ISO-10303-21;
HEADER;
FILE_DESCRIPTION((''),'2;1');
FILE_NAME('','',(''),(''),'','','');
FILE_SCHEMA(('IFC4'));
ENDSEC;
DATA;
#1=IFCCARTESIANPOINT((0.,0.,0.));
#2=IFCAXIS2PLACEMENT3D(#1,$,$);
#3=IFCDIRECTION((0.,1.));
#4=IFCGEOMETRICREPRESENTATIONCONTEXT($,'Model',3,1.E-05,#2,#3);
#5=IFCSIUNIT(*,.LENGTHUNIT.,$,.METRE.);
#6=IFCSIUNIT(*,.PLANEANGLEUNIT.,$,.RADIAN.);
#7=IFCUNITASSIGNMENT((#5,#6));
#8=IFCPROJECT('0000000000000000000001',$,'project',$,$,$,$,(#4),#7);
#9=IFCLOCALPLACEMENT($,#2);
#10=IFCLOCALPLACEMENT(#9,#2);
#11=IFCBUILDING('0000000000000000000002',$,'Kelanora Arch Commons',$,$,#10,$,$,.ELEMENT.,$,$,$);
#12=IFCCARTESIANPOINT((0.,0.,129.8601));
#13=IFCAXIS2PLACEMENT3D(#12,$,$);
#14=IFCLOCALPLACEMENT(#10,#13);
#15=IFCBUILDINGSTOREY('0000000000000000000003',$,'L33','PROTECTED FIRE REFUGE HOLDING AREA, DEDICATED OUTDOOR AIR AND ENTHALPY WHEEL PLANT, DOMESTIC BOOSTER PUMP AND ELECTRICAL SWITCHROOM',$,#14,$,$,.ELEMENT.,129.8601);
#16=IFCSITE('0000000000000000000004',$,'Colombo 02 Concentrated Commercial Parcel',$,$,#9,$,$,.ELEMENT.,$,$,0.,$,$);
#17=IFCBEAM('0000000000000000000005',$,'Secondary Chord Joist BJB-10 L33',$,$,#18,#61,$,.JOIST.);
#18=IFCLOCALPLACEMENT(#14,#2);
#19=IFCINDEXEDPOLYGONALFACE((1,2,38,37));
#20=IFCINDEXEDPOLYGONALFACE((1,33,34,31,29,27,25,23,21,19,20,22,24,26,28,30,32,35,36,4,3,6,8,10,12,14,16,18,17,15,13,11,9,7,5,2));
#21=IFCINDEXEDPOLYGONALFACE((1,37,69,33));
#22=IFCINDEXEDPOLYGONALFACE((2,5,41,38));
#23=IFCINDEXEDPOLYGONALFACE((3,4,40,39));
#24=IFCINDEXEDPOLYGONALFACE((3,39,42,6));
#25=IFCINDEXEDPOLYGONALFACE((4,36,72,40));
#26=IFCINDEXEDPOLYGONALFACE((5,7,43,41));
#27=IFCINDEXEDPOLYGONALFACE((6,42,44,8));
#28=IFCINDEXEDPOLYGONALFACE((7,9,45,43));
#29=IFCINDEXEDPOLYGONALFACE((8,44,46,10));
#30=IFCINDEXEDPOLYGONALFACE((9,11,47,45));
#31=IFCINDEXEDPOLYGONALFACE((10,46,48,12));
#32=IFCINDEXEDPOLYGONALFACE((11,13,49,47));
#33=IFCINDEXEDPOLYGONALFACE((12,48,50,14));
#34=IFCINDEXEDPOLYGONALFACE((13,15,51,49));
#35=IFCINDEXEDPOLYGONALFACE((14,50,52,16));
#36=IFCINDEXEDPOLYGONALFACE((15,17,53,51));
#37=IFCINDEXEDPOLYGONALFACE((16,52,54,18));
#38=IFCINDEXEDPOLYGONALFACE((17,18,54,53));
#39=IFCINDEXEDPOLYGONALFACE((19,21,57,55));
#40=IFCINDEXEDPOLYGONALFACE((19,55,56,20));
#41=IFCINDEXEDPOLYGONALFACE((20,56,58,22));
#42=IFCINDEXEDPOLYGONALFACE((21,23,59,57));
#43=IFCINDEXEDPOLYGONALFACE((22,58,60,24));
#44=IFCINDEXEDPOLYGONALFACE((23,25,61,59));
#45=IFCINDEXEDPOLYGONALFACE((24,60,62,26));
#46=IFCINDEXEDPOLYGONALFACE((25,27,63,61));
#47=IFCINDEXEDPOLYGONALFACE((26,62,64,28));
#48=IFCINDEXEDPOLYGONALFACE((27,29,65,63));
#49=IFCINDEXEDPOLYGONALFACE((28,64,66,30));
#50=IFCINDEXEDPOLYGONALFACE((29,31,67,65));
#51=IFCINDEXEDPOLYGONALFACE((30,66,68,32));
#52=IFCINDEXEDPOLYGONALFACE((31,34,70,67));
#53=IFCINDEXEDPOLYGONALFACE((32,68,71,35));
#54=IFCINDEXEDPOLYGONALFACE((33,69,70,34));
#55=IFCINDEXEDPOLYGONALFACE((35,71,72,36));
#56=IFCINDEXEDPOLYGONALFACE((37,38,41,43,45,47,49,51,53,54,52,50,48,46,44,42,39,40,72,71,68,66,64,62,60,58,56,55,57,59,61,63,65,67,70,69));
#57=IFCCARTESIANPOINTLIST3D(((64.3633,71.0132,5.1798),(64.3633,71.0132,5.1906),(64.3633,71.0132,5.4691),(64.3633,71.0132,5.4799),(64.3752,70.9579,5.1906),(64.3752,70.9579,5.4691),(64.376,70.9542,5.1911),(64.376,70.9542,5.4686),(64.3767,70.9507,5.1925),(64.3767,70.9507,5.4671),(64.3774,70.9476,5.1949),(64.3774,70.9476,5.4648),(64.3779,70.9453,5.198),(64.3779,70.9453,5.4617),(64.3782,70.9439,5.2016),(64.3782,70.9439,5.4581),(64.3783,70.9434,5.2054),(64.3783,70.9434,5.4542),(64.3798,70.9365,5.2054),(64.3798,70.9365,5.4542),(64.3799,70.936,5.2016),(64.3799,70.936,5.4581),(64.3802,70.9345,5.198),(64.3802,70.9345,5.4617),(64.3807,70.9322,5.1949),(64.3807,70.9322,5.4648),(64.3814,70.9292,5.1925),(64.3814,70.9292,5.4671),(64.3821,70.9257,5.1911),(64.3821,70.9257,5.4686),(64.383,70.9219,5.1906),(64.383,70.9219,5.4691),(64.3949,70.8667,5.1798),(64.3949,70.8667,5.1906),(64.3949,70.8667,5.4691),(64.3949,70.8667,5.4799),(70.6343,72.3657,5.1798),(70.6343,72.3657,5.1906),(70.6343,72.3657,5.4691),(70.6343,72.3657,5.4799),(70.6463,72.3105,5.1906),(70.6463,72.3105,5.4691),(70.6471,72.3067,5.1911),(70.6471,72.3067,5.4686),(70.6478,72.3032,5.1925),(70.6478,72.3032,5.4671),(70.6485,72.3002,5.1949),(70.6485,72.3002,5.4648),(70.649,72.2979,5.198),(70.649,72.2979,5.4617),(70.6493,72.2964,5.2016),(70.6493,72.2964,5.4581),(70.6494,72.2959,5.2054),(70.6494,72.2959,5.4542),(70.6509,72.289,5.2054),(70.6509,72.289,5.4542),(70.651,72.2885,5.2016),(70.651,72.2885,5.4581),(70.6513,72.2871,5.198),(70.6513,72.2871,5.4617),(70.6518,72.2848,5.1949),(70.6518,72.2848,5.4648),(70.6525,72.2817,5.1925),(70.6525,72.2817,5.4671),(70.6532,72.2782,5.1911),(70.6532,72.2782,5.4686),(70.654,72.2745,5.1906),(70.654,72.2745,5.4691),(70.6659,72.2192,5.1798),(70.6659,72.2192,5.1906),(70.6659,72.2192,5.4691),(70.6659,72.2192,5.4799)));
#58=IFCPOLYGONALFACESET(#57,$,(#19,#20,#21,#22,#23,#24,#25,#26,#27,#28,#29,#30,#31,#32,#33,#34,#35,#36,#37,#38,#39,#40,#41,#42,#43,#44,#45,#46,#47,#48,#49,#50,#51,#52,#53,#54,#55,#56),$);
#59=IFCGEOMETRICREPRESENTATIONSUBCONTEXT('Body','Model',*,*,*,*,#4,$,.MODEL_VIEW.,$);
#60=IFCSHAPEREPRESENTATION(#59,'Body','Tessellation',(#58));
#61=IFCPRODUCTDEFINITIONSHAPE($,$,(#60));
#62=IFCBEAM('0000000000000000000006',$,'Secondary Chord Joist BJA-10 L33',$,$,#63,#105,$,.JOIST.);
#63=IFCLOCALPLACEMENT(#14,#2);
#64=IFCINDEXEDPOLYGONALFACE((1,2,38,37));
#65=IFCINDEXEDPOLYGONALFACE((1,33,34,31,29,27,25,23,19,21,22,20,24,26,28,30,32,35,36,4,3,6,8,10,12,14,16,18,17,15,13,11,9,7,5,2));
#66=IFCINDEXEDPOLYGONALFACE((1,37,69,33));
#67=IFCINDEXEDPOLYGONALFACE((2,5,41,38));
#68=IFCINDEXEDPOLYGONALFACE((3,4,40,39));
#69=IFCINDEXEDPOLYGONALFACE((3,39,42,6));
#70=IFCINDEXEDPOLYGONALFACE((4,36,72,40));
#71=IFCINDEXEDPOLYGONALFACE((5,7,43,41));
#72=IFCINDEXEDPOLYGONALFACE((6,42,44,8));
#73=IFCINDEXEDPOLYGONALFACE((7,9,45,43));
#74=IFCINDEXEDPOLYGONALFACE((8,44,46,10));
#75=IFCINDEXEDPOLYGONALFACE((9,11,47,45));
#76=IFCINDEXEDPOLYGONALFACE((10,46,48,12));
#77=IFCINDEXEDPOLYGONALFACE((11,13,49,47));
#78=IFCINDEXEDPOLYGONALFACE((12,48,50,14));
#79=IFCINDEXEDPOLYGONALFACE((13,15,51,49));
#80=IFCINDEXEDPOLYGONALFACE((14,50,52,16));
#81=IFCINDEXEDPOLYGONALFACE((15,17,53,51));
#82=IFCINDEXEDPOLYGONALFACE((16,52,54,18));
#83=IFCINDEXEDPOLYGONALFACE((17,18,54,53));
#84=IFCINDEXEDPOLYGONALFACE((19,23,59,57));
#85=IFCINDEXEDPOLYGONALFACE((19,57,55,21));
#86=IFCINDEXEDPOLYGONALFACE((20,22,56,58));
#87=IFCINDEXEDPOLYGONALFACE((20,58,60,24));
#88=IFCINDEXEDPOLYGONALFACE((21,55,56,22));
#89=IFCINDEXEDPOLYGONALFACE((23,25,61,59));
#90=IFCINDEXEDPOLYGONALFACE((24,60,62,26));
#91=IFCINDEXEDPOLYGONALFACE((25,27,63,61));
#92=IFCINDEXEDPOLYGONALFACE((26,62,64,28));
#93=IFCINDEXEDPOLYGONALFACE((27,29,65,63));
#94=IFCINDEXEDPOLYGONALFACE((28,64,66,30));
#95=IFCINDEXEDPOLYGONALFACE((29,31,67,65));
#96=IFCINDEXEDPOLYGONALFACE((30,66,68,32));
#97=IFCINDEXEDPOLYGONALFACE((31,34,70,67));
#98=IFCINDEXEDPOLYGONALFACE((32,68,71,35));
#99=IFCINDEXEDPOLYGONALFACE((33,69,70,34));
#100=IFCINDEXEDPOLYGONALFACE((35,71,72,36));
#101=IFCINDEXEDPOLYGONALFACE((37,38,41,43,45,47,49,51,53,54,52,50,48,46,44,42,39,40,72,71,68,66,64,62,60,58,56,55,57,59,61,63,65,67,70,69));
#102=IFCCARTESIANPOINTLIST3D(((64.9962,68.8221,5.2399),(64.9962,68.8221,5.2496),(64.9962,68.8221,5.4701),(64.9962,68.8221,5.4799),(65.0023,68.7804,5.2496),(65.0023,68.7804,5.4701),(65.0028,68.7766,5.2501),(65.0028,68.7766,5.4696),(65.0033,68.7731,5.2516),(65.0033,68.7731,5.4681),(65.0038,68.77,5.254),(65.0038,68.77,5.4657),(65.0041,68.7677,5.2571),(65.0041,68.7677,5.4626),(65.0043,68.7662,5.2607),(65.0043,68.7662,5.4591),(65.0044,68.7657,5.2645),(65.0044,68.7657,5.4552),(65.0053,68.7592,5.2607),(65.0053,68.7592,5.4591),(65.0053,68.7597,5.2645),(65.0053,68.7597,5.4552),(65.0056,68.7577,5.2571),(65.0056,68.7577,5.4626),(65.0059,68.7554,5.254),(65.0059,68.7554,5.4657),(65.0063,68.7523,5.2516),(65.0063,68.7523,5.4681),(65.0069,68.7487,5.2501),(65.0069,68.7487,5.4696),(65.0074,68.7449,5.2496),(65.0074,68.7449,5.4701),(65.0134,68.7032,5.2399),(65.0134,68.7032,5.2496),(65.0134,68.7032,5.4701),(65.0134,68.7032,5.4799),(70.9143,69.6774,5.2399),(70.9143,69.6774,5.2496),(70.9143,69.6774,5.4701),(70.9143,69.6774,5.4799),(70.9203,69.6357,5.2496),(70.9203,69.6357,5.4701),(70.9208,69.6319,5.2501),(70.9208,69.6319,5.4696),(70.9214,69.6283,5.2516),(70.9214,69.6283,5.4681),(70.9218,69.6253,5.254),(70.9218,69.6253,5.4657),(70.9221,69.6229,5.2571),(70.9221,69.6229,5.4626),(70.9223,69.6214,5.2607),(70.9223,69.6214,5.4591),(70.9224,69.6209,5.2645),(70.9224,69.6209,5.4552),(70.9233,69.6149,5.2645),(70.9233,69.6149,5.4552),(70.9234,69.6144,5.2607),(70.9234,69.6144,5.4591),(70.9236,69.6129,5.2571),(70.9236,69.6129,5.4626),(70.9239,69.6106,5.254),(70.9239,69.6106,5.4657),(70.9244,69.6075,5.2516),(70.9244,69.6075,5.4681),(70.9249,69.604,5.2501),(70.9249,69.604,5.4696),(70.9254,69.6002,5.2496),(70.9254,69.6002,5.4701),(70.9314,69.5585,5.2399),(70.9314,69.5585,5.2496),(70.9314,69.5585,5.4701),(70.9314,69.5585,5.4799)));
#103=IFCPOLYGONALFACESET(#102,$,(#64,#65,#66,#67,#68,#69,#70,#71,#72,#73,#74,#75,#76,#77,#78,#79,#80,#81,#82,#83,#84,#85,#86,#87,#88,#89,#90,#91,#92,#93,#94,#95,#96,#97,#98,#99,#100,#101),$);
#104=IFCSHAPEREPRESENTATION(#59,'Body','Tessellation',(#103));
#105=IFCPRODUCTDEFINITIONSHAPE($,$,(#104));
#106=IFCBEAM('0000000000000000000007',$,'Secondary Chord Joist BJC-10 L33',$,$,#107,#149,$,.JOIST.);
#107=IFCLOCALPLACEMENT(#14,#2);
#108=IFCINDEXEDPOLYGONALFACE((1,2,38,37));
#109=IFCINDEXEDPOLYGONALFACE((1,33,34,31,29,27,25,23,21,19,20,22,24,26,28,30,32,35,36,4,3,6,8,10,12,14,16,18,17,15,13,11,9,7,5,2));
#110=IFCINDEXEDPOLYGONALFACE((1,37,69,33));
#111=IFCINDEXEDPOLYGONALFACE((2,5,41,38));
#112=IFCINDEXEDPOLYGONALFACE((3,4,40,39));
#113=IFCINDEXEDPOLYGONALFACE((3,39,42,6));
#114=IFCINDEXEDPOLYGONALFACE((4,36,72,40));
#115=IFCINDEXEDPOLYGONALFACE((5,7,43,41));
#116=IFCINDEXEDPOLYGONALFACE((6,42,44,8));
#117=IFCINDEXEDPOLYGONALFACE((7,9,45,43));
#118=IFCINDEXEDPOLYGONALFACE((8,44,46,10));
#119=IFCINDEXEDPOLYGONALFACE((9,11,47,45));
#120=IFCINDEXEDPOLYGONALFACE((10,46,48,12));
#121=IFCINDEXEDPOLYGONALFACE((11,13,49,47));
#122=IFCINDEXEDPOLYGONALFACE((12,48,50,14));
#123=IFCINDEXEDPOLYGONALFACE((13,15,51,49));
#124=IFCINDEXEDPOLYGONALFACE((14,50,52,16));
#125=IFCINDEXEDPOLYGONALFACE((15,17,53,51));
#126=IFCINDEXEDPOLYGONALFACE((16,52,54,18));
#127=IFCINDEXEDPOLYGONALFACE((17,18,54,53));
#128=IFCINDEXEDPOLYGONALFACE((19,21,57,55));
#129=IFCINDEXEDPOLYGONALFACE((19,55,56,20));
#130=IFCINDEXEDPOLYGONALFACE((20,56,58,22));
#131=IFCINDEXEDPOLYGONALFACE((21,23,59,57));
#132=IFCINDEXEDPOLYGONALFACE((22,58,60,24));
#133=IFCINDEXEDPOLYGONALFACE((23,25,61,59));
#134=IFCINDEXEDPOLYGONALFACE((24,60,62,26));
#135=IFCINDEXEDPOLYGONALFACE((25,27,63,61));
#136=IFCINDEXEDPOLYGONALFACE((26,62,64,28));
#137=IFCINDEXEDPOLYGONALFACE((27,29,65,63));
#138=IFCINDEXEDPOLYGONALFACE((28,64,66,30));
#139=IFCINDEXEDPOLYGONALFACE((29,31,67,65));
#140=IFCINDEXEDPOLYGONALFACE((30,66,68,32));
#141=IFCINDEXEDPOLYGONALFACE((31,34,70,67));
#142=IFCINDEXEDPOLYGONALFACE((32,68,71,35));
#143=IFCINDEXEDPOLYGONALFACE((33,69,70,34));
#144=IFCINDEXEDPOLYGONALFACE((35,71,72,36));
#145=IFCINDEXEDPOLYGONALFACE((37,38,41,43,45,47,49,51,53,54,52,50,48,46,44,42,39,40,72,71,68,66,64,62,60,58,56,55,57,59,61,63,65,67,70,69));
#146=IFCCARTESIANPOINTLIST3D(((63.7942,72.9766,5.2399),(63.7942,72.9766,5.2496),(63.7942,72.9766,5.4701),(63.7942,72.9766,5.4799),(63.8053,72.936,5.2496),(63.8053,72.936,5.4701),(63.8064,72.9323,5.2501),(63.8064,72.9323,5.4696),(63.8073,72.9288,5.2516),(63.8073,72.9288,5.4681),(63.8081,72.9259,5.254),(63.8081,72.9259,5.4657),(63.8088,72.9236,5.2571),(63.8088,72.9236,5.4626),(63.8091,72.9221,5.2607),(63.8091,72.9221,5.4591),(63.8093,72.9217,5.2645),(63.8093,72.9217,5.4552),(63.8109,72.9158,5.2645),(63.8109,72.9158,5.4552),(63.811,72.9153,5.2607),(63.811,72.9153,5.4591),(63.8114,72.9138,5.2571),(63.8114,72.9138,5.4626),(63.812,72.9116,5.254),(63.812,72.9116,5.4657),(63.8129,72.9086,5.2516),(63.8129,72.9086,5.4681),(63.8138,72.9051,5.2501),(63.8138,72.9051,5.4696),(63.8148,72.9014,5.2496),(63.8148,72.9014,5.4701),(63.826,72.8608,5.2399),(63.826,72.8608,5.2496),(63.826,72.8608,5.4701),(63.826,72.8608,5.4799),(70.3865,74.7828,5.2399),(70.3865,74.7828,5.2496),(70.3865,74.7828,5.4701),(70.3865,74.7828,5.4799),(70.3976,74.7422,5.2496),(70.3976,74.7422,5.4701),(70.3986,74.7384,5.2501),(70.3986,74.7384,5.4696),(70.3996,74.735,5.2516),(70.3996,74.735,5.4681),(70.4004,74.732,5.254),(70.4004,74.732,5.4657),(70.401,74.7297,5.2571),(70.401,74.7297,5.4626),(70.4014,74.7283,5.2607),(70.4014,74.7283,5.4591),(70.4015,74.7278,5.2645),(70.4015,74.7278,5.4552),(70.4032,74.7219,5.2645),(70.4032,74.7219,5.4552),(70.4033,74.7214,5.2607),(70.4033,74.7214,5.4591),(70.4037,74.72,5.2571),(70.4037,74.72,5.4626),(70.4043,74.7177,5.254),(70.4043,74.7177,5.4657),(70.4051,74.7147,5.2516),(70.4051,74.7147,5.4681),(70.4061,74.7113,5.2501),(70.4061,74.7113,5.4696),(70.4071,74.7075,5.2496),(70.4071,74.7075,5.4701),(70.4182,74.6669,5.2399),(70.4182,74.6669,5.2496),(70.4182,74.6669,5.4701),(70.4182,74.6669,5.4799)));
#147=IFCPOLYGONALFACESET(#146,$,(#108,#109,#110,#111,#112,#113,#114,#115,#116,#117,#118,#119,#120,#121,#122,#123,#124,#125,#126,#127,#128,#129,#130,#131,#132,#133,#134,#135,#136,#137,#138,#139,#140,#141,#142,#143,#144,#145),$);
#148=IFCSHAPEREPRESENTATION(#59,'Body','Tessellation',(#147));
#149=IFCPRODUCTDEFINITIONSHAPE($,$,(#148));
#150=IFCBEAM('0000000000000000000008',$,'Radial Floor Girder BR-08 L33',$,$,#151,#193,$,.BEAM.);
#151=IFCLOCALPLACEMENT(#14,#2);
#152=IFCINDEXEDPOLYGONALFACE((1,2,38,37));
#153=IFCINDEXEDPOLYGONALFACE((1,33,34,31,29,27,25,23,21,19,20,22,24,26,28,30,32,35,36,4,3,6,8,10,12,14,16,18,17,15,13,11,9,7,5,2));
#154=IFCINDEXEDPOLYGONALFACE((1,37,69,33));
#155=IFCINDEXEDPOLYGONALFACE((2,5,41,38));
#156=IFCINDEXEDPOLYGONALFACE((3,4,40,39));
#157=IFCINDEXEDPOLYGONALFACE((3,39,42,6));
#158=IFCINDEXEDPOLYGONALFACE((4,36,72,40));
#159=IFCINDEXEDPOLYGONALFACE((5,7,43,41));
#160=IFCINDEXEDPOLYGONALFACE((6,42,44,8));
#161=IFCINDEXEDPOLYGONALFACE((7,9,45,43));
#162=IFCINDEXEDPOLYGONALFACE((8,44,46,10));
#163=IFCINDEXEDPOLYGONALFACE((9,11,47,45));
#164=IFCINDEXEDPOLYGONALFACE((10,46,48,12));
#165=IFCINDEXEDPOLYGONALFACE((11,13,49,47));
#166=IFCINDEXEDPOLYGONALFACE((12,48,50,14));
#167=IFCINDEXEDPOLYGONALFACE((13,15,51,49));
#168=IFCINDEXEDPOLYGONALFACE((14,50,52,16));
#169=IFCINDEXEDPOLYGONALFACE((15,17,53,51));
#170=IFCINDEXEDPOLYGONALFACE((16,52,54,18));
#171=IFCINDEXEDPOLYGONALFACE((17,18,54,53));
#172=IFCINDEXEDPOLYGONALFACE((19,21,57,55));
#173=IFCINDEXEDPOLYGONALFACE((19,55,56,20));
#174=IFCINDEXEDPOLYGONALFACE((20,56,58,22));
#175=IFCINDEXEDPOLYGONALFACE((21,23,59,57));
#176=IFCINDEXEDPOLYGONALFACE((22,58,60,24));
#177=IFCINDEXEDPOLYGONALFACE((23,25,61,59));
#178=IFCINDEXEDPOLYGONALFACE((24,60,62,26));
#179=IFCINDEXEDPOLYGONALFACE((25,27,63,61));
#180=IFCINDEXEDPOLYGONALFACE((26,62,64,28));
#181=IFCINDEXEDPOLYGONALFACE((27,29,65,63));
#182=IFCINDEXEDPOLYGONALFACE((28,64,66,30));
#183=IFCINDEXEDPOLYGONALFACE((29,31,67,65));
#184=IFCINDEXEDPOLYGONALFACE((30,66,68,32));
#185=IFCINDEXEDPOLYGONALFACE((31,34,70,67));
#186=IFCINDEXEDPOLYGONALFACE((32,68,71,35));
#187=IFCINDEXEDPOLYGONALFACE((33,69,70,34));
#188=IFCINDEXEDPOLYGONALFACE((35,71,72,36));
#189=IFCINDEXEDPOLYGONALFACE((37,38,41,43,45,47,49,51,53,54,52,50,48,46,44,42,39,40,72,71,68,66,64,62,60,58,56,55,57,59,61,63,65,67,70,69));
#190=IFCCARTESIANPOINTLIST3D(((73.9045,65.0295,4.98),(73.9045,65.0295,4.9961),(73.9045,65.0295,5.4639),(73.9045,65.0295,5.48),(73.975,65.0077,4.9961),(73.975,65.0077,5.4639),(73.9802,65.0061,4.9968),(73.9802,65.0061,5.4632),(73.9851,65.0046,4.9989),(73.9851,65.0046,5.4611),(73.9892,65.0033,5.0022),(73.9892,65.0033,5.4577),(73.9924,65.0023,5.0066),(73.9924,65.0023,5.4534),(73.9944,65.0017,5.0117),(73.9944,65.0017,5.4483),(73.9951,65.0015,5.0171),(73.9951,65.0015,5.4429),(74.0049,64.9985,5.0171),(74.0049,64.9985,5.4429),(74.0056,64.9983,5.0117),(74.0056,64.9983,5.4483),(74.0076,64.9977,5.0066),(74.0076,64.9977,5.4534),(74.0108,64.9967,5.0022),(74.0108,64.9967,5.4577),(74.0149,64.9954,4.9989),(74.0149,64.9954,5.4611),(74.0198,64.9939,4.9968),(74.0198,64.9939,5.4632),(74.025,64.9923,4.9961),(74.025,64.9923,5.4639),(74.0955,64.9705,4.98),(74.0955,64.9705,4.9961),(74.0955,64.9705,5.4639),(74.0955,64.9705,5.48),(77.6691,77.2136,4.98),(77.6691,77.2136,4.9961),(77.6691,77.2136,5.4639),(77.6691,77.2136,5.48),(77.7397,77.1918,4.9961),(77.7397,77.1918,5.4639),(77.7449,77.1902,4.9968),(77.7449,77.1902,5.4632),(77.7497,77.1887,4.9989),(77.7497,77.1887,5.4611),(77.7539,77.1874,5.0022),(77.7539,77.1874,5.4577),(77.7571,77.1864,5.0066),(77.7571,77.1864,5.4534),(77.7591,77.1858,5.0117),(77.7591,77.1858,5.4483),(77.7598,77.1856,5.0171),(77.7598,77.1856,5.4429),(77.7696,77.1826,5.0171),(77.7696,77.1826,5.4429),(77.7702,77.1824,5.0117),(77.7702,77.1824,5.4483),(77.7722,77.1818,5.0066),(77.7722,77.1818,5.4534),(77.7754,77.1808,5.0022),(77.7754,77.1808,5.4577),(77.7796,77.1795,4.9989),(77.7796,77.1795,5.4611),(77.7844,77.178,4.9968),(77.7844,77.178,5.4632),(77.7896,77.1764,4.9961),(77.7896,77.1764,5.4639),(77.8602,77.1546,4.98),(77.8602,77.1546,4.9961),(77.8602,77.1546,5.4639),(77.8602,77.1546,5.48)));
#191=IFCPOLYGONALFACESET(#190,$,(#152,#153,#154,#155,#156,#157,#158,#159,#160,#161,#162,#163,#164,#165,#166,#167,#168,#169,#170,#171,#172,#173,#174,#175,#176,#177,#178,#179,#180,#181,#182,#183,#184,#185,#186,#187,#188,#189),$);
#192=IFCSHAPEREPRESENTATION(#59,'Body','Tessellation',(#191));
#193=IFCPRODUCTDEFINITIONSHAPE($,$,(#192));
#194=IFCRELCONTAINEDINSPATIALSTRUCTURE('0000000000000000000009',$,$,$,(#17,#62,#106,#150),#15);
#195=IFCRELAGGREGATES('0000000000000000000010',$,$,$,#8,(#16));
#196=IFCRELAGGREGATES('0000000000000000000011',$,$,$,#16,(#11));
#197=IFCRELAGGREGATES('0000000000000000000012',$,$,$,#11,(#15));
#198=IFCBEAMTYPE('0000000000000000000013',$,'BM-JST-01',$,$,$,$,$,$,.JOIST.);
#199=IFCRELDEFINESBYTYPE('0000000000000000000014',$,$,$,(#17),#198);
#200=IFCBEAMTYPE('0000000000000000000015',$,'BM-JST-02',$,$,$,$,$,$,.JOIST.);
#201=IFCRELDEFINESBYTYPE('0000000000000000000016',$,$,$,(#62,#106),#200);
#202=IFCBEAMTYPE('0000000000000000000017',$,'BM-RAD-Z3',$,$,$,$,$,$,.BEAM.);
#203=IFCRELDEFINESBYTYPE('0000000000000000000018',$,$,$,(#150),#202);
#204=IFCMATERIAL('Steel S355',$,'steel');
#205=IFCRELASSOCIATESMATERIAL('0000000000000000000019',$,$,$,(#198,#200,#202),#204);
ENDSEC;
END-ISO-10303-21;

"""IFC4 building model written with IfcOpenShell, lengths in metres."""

from ifc_helpers import new_model, si_unit, direction, frame, origin, origin_2d, place, context, subcontext, project, spatial, i_section, extrude, material, material_profile, profile_set, type_object, element, save


model = new_model("IFC4")

# Units and contexts
model_context = context("Model", 3, precision=1e-05, world=origin(), true_north=direction((0.0, 1.0)))
body_context = subcontext(model_context, "Body", "Model", "MODEL_VIEW")
ifc_project = project(units=[si_unit("LENGTHUNIT", "METRE"), si_unit("PLANEANGLEUNIT", "RADIAN")], contexts=[model_context])

# Site, building, storey
site_placement = place(None, origin())
site = spatial("IfcSite", under=ifc_project, at=site_placement, Name="Colombo 02 Concentrated Commercial Parcel", CompositionType="ELEMENT", RefElevation=0.0)
building_placement = place(site_placement, origin())
building = spatial("IfcBuilding", under=site, at=building_placement, Name="Kelanora Arch Commons", CompositionType="ELEMENT")
storey_placement = place(building_placement, frame((0.0, 0.0, 129.8601)))
storey = spatial("IfcBuildingStorey", under=building, at=storey_placement, Name="L33", Description="PROTECTED FIRE REFUGE HOLDING AREA, DEDICATED OUTDOOR AIR AND ENTHALPY WHEEL PLANT, DOMESTIC BOOSTER PUMP AND ELECTRICAL SWITCHROOM", CompositionType="ELEMENT", Elevation=129.8601)

# Beams
ifc_material_1 = material(Name="Steel S355", Category="steel")
ifc_material_profile_1 = material_profile(ifc_material_1, i_section(OverallWidth=0.1499, OverallDepth=0.3, WebThickness=0.0071, FlangeThickness=0.0107, FilletRadius=0.0149, at=origin_2d()), Name="IPE300")
ifc_profile_set_1 = profile_set([ifc_material_profile_1], Name="Steel S355")
beam_type_1 = type_object("IfcBeamType", Name="BM-JST-01", PredefinedType="JOIST", material=ifc_profile_set_1)
beam_1_placement = place(storey_placement, frame((70.6501, 72.2925, 5.3298), z_axis=(-0.977522, -0.210834, 0.0), x_axis=(0.210834, -0.977522, 0.0)))
element("IfcBeam", 1, at=beam_1_placement, inside=storey, type_object=beam_type_1, Name="Secondary Chord Joist BJB-10 L33", PredefinedType="JOIST", context=body_context, shape_type="SweptSolid", body=[
    extrude(i_section(OverallWidth=0.1499, OverallDepth=0.3, WebThickness=0.0071, FlangeThickness=0.0107, FilletRadius=0.0149, at=origin_2d()), origin(), (0.0, 0.0, 1.0), 6.4153),
])
ifc_material_profile_2 = material_profile(ifc_material_1, i_section(OverallWidth=0.1201, OverallDepth=0.24, WebThickness=0.0061, FlangeThickness=0.0098, FilletRadius=0.0149, at=origin_2d()), Name="IPE240")
ifc_profile_set_2 = profile_set([ifc_material_profile_2], Name="Steel S355")
beam_type_2 = type_object("IfcBeamType", Name="BM-JST-02", PredefinedType="JOIST", material=ifc_profile_set_2)
beam_2_placement = place(storey_placement, frame((70.9229, 69.6179, 5.3599), z_axis=(-0.989719, -0.143027, 0.0), x_axis=(0.143027, -0.989719, 0.0)))
element("IfcBeam", 2, at=beam_2_placement, inside=storey, type_object=beam_type_2, Name="Secondary Chord Joist BJA-10 L33", PredefinedType="JOIST", context=body_context, shape_type="SweptSolid", body=[
    extrude(i_section(OverallWidth=0.1201, OverallDepth=0.24, WebThickness=0.0061, FlangeThickness=0.0098, FilletRadius=0.0149, at=origin_2d()), origin(), (0.0, 0.0, 1.0), 5.9795),
])
beam_3_placement = place(storey_placement, frame((70.4023, 74.7249, 5.3599), z_axis=(-0.964457, -0.264242, 0.0), x_axis=(0.264242, -0.964457, 0.0)))
element("IfcBeam", 3, at=beam_3_placement, inside=storey, type_object=beam_type_2, Name="Secondary Chord Joist BJC-10 L33", PredefinedType="JOIST", context=body_context, shape_type="SweptSolid", body=[
    extrude(i_section(OverallWidth=0.1201, OverallDepth=0.24, WebThickness=0.0061, FlangeThickness=0.0098, FilletRadius=0.0149, at=origin_2d()), origin(), (0.0, 0.0, 1.0), 6.8352),
])
ifc_material_profile_3 = material_profile(ifc_material_1, i_section(OverallWidth=0.2, OverallDepth=0.5, WebThickness=0.0103, FlangeThickness=0.0161, FilletRadius=0.021, at=origin_2d()), Name="IPE500")
ifc_profile_set_3 = profile_set([ifc_material_profile_3], Name="Steel S355")
beam_type_3 = type_object("IfcBeamType", Name="BM-RAD-Z3", PredefinedType="BEAM", material=ifc_profile_set_3)
beam_4_placement = place(storey_placement, frame((74.0, 65.0, 5.23), z_axis=(0.29521, 0.955432, 0.0), x_axis=(-0.955432, 0.29521, 0.0)))
element("IfcBeam", 4, at=beam_4_placement, inside=storey, type_object=beam_type_3, Name="Radial Floor Girder BR-08 L33", PredefinedType="BEAM", context=body_context, shape_type="SweptSolid", body=[
    extrude(i_section(OverallWidth=0.2, OverallDepth=0.5, WebThickness=0.0103, FlangeThickness=0.0161, FilletRadius=0.021, at=origin_2d()), origin(), (0.0, 0.0, 1.0), 12.7524),
])

save(model, "model.ifc")
